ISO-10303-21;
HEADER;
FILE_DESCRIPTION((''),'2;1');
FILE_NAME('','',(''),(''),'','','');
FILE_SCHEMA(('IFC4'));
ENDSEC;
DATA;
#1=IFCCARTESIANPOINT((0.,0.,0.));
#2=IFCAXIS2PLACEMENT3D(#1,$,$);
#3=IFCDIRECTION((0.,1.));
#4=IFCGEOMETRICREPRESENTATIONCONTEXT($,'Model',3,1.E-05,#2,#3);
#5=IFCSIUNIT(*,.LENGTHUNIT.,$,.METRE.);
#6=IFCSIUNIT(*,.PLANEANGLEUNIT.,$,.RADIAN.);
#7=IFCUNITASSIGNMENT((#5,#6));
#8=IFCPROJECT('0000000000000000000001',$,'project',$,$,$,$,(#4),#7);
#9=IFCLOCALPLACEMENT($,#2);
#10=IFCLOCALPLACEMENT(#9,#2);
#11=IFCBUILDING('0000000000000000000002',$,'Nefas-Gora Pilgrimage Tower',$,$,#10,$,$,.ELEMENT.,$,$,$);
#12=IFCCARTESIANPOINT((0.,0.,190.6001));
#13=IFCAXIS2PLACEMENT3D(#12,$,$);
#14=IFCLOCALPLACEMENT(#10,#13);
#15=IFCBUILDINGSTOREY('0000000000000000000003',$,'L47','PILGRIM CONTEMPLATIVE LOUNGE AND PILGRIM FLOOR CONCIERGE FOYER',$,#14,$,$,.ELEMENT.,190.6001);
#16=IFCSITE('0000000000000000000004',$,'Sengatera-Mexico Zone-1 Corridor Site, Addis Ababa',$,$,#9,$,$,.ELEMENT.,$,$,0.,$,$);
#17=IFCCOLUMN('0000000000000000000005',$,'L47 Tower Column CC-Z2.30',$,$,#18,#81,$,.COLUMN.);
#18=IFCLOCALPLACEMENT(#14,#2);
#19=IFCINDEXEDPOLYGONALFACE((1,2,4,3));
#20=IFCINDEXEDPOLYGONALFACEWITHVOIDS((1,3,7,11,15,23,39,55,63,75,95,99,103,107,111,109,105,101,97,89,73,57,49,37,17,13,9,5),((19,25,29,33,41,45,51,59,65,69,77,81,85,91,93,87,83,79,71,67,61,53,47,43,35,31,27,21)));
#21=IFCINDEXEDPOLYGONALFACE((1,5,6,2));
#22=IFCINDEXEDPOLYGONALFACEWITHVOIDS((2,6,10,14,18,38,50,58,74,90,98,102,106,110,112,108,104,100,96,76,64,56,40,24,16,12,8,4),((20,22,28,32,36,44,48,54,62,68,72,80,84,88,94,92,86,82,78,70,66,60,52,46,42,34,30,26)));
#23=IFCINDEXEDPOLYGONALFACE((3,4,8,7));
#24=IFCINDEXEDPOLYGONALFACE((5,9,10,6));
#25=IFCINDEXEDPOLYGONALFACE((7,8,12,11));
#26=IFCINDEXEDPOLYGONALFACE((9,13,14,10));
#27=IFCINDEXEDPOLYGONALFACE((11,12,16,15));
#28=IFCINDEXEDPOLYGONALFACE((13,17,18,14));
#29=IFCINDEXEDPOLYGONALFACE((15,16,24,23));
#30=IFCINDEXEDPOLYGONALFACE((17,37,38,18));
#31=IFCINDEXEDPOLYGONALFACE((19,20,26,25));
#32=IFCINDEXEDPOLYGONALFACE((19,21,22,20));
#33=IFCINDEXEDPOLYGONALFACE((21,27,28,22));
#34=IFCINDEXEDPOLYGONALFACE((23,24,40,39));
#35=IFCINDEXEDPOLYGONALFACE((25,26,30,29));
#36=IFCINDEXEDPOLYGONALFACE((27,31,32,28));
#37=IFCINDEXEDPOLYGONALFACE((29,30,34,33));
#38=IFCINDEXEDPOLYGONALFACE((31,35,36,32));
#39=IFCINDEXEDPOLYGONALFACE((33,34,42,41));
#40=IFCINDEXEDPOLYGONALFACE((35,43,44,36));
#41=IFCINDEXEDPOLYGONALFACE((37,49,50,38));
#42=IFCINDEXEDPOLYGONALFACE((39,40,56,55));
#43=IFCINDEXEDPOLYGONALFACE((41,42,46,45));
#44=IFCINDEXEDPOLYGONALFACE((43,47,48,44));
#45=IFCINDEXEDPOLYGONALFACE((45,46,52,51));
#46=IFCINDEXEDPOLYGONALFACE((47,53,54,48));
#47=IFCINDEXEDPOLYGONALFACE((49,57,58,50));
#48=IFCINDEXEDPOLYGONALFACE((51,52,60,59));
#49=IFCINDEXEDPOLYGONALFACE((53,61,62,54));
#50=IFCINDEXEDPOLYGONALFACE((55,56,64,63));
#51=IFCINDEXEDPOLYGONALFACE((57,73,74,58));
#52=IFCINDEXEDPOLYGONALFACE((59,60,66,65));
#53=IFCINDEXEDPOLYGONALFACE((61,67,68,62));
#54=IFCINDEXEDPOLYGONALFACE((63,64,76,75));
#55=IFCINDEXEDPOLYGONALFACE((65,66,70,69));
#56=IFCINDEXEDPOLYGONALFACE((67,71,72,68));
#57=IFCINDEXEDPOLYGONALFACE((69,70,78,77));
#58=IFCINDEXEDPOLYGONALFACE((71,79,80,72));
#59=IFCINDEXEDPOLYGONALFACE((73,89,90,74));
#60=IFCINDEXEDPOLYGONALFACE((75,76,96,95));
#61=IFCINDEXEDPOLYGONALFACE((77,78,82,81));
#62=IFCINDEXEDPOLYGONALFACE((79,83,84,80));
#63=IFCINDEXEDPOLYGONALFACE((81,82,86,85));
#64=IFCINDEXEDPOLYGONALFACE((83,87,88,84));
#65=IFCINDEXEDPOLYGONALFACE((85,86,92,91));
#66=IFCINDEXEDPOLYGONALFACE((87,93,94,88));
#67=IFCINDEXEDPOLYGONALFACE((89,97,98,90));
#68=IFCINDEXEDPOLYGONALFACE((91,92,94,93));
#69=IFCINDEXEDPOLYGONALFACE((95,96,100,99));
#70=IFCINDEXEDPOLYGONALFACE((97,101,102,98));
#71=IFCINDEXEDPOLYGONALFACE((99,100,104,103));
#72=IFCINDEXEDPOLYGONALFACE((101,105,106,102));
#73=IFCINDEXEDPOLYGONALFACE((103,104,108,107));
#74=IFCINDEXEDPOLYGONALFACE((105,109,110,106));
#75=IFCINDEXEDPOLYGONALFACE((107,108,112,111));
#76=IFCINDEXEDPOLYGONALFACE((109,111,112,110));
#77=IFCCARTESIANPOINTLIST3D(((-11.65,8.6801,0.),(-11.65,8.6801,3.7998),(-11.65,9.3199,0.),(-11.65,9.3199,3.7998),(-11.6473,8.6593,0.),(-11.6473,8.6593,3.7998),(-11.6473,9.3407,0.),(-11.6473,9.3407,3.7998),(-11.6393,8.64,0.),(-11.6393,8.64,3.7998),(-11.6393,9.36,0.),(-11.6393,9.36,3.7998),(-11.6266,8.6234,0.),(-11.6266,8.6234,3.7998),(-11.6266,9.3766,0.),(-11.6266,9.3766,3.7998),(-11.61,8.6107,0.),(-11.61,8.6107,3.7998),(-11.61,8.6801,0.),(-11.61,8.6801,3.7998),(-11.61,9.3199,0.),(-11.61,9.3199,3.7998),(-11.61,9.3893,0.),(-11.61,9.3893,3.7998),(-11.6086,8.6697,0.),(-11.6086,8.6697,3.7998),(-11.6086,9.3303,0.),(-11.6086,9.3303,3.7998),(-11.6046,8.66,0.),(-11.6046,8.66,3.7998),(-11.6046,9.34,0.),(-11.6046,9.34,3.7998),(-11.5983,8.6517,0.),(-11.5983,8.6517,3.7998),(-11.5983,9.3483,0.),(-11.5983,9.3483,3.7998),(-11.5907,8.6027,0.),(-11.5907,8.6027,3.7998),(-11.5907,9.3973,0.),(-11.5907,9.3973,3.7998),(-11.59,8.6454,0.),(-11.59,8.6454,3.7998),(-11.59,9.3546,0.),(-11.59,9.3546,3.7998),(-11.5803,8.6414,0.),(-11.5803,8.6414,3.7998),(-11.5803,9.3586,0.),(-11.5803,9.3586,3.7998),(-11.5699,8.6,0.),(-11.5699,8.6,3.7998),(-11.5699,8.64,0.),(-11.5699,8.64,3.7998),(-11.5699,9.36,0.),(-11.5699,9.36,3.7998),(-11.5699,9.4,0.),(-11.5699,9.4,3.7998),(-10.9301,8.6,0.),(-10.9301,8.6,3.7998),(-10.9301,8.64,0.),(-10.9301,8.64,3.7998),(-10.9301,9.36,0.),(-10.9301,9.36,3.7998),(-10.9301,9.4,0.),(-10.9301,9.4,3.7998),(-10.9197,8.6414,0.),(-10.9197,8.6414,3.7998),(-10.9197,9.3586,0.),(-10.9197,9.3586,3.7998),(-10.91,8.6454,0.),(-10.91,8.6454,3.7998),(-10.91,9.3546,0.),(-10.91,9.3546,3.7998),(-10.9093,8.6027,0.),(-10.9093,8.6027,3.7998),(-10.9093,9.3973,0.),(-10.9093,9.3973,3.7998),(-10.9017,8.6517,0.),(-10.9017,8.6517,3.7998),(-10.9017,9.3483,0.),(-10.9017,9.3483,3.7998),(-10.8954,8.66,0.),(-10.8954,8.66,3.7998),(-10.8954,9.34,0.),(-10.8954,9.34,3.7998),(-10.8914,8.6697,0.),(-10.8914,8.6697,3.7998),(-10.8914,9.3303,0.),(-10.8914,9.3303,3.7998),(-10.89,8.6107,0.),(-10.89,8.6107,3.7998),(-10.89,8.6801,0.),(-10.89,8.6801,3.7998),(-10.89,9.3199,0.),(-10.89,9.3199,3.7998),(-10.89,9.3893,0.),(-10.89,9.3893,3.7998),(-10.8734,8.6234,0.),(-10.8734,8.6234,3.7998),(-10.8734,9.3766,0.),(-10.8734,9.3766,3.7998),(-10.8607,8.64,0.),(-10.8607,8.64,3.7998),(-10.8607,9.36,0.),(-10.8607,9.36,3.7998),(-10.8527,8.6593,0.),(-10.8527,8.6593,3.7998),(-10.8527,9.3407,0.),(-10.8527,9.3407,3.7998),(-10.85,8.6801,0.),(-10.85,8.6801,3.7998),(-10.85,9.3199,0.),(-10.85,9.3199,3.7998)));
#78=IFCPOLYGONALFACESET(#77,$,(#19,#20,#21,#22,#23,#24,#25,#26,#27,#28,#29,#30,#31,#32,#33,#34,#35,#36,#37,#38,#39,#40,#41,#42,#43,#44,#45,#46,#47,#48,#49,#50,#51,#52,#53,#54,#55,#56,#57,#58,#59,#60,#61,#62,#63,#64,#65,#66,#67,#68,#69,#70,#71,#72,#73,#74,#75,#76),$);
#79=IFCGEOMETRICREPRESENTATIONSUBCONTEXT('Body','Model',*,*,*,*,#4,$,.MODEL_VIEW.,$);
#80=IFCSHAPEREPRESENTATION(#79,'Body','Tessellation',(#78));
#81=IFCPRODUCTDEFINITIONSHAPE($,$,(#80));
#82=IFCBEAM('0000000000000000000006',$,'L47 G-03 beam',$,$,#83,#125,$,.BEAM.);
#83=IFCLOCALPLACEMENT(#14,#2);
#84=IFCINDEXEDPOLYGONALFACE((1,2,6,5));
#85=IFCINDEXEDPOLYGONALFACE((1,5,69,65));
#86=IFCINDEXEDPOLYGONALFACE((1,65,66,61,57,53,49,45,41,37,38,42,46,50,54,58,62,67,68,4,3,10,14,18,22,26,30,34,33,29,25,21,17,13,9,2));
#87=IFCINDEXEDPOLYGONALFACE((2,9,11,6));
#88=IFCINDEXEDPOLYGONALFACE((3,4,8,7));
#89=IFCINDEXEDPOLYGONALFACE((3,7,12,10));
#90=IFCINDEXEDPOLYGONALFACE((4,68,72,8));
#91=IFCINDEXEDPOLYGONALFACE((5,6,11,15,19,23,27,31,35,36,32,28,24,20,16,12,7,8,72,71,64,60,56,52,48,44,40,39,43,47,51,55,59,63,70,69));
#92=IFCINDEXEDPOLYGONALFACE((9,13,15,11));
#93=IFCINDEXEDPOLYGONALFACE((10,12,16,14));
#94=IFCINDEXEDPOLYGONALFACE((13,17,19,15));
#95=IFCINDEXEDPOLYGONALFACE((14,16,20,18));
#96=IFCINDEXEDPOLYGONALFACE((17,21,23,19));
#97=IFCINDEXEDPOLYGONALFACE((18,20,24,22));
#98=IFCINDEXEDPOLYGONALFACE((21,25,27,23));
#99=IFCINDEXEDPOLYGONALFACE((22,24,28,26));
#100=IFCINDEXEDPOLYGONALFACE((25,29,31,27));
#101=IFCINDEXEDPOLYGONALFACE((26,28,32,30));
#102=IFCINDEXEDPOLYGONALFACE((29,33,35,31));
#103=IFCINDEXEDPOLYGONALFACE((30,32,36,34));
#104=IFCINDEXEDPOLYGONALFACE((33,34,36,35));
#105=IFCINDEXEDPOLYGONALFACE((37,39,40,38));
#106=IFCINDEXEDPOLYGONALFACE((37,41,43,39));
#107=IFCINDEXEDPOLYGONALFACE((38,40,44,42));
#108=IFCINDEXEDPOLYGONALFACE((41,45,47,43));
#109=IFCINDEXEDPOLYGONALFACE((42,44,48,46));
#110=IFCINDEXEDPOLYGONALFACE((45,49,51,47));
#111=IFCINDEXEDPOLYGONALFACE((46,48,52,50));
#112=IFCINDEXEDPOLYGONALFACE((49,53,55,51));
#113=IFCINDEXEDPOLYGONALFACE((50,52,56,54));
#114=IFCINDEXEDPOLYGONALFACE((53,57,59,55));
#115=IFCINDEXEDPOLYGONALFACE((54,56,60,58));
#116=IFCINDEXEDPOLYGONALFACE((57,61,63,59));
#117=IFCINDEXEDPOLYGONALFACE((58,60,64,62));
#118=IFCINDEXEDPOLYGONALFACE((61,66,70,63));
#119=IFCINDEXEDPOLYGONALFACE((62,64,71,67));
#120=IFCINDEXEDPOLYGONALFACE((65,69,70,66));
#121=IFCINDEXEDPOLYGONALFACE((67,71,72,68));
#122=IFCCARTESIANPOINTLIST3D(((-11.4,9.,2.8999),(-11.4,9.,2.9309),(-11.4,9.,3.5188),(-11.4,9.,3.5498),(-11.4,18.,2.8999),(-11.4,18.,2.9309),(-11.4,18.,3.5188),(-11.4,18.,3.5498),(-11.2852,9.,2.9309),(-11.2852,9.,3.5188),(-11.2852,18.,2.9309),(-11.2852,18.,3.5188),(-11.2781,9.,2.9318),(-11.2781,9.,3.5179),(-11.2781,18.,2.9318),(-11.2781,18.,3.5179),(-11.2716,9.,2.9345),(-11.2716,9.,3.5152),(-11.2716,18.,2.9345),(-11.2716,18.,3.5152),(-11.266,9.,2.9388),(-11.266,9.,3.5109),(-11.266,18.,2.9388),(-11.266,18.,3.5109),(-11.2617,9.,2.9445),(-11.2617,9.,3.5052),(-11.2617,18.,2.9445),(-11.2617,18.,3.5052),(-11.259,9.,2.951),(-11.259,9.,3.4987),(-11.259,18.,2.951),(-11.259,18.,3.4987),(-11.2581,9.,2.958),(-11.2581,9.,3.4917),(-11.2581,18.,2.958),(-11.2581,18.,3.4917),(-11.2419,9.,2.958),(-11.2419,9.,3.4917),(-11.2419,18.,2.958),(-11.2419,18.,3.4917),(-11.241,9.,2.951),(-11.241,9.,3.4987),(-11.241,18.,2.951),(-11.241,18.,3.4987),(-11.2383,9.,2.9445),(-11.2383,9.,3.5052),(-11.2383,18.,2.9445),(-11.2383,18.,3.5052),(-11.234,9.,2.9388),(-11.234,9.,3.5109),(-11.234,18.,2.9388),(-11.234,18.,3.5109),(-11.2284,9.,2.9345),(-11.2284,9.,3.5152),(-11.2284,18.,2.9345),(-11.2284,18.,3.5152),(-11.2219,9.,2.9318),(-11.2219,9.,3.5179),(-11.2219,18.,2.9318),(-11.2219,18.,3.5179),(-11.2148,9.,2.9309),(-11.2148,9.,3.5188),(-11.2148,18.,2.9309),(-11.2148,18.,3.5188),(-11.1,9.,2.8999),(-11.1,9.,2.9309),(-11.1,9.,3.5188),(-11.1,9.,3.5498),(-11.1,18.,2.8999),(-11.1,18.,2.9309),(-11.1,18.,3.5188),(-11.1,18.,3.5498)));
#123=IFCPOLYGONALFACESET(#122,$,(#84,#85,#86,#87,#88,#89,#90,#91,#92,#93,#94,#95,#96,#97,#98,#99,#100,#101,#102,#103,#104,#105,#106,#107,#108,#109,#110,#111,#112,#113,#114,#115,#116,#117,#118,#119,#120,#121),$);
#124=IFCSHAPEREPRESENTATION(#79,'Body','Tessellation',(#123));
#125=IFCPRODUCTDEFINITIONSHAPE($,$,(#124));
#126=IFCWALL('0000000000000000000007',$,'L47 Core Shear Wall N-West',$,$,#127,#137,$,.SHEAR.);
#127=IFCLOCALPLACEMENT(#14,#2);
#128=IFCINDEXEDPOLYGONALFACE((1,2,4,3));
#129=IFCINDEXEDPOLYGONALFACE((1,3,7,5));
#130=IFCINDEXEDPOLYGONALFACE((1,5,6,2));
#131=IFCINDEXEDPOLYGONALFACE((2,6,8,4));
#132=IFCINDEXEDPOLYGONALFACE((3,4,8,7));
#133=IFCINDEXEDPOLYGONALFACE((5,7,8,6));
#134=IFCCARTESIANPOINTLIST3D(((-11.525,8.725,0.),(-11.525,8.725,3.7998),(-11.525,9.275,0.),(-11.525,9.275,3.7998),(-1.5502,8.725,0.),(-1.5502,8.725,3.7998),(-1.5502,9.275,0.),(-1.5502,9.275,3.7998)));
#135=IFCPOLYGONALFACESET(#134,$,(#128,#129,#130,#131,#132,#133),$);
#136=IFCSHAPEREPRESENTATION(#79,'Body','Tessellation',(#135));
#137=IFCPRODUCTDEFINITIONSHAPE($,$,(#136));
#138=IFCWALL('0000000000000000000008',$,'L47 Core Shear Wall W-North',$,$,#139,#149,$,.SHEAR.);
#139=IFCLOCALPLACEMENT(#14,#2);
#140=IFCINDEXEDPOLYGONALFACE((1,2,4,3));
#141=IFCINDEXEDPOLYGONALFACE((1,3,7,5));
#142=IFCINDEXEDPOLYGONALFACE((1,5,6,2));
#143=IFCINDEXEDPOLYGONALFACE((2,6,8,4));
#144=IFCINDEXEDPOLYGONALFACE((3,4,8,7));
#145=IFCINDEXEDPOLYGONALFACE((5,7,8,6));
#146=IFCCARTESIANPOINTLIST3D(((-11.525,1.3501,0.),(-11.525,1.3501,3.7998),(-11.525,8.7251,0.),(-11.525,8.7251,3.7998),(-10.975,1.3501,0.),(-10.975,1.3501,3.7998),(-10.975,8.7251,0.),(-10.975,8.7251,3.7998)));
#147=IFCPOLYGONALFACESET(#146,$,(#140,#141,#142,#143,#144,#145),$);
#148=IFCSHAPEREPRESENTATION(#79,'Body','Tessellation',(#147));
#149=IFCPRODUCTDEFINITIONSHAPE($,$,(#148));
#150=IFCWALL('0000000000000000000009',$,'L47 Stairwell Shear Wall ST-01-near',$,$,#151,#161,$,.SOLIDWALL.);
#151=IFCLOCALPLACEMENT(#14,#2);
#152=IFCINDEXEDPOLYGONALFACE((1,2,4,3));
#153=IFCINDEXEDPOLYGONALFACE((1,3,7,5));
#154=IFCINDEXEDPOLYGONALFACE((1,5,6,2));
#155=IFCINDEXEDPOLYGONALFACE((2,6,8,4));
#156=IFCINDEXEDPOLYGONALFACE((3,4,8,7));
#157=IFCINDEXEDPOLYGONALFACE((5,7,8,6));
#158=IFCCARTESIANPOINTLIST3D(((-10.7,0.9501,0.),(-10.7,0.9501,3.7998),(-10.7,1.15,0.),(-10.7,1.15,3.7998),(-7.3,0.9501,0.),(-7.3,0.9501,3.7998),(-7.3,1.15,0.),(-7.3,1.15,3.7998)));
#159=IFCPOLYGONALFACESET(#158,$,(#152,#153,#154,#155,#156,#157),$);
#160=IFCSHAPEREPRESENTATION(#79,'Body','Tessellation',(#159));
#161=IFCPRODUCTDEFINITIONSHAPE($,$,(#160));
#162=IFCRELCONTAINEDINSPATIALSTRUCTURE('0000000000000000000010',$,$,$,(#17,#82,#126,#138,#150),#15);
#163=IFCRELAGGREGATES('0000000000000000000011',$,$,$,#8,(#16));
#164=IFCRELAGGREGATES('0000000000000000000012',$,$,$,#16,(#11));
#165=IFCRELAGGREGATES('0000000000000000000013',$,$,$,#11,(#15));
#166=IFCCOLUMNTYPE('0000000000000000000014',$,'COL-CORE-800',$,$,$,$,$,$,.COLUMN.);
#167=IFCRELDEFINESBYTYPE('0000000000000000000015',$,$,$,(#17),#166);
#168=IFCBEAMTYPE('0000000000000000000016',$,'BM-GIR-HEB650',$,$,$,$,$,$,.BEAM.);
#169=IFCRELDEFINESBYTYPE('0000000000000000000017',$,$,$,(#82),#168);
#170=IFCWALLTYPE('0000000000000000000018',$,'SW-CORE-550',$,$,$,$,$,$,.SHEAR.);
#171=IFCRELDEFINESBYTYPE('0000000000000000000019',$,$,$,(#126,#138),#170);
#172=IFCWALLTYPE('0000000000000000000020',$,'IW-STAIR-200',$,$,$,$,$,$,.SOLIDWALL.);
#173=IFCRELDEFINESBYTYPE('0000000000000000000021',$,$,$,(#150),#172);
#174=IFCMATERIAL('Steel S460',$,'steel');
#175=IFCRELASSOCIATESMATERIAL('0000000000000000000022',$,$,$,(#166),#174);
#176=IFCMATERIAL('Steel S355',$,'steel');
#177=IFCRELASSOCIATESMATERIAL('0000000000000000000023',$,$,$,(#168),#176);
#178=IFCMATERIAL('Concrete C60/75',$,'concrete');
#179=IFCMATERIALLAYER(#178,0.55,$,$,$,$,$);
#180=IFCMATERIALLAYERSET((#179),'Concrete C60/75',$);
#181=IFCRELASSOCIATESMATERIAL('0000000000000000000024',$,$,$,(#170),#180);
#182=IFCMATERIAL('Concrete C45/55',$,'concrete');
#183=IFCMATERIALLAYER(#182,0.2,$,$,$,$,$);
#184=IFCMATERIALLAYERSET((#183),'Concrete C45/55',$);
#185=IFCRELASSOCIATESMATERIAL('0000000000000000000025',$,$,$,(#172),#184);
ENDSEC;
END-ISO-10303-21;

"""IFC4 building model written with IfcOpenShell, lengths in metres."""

from ifc_helpers import new_model, si_unit, direction, frame, frame_2d, origin, origin_2d, place, context, subcontext, project, spatial, rectangle, hollow_rectangle, i_section, extrude, source, transform, mapped, material, layer, layer_set, material_profile, profile_set, type_object, element, save


model = new_model("IFC4")

# Units and contexts
model_context = context("Model", 3, precision=1e-05, world=origin(), true_north=direction((0.0, 1.0)))
body_context = subcontext(model_context, "Body", "Model", "MODEL_VIEW")
ifc_project = project(units=[si_unit("LENGTHUNIT", "METRE"), si_unit("PLANEANGLEUNIT", "RADIAN")], contexts=[model_context])

# Site, building, storey
site_placement = place(None, origin())
site = spatial("IfcSite", under=ifc_project, at=site_placement, Name="Sengatera-Mexico Zone-1 Corridor Site, Addis Ababa", CompositionType="ELEMENT", RefElevation=0.0)
building_placement = place(site_placement, origin())
building = spatial("IfcBuilding", under=site, at=building_placement, Name="Nefas-Gora Pilgrimage Tower", CompositionType="ELEMENT")
storey_placement = place(building_placement, frame((0.0, 0.0, 190.6001)))
storey = spatial("IfcBuildingStorey", under=building, at=storey_placement, Name="L47", Description="PILGRIM CONTEMPLATIVE LOUNGE AND PILGRIM FLOOR CONCIERGE FOYER", CompositionType="ELEMENT", Elevation=190.6001)

# Column
ifc_material_1 = material(Name="Steel S460", Category="steel")
ifc_material_profile_1 = material_profile(ifc_material_1, hollow_rectangle(XDim=0.8, YDim=0.8, WallThickness=0.04, InnerFilletRadius=0.04, OuterFilletRadius=0.0801, at=origin_2d()), Name="BOX 800x800x40")
ifc_profile_set_1 = profile_set([ifc_material_profile_1], Name="Steel S460")
column_type = type_object("IfcColumnType", Name="COL-CORE-800", PredefinedType="COLUMN", material=ifc_profile_set_1)
shared_shape_1 = source(origin(), body_context, "Body", "SweptSolid", [
    extrude(hollow_rectangle(XDim=0.8, YDim=0.8, WallThickness=0.04, InnerFilletRadius=0.04, OuterFilletRadius=0.0801, at=origin_2d()), origin(), (0.0, 0.0, 1.0), 3.7998),
])
column_placement = place(storey_placement, frame((-11.25, 9.0, 0.0), z_axis=(0.0, 0.0, 1.0), x_axis=(1.0, 0.0, 0.0)))
element("IfcColumn", 1, at=column_placement, inside=storey, type_object=column_type, Name="L47 Tower Column CC-Z2.30", PredefinedType="COLUMN", context=body_context, shape_type="MappedRepresentation", body=[
    mapped(shared_shape_1, transform((0.0, 0.0, 0.0), x_axis=(1.0, 0.0, 0.0), y_axis=(0.0, 1.0, 0.0), z_axis=(0.0, 0.0, 1.0), scale=1.0)),
])

# Beam
ifc_material_2 = material(Name="Steel S355", Category="steel")
ifc_material_profile_2 = material_profile(ifc_material_2, i_section(OverallWidth=0.3, OverallDepth=0.6499, WebThickness=0.0161, FlangeThickness=0.031, FilletRadius=0.0271, at=origin_2d()), Name="HEB 650")
ifc_profile_set_2 = profile_set([ifc_material_profile_2], Name="Steel S355")
beam_type = type_object("IfcBeamType", Name="BM-GIR-HEB650", PredefinedType="BEAM", material=ifc_profile_set_2)
shared_shape_2 = source(origin(), body_context, "Body", "SweptSolid", [
    extrude(i_section(OverallWidth=0.3, OverallDepth=0.6499, WebThickness=0.0161, FlangeThickness=0.031, FilletRadius=0.0271, at=origin_2d()), origin(), (0.0, 0.0, 1.0), 9.0),
])
beam_placement = place(storey_placement, frame((-11.25, 9.0, 3.2249), z_axis=(0.0, 1.0, 0.0), x_axis=(-1.0, 0.0, 0.0)))
element("IfcBeam", 2, at=beam_placement, inside=storey, type_object=beam_type, Name="L47 G-03 beam", PredefinedType="BEAM", context=body_context, shape_type="MappedRepresentation", body=[
    mapped(shared_shape_2, transform((0.0, 0.0, 0.0), x_axis=(1.0, 0.0, 0.0), y_axis=(0.0, 1.0, 0.0), z_axis=(0.0, 0.0, 1.0), scale=1.0)),
])

# Walls
ifc_material_3 = material(Name="Concrete C60/75", Category="concrete")
ifc_layer_1 = layer(ifc_material_3, 0.55)
ifc_layer_set_1 = layer_set([ifc_layer_1], Name="Concrete C60/75")
wall_type_1 = type_object("IfcWallType", Name="SW-CORE-550", PredefinedType="SHEAR", material=ifc_layer_set_1)
shared_shape_3 = source(origin(), body_context, "Body", "SweptSolid", [
    extrude(rectangle(XDim=9.9749, YDim=0.55, at=frame_2d((4.9873, 0.0))), origin(), (0.0, 0.0, 1.0), 3.7998),
])
wall_1_placement = place(storey_placement, frame((-11.5249, 9.0, 0.0), z_axis=(0.0, 0.0, 1.0), x_axis=(1.0, 0.0, 0.0)))
element("IfcWall", 3, at=wall_1_placement, inside=storey, type_object=wall_type_1, Name="L47 Core Shear Wall N-West", PredefinedType="SHEAR", context=body_context, shape_type="MappedRepresentation", body=[
    mapped(shared_shape_3, transform((0.0, 0.0, 0.0), x_axis=(1.0, 0.0, 0.0), y_axis=(0.0, 1.0, 0.0), z_axis=(0.0, 0.0, 1.0), scale=1.0)),
])
shared_shape_4 = source(origin(), body_context, "Body", "SweptSolid", [
    extrude(rectangle(XDim=7.375, YDim=0.55, at=frame_2d((3.6875, 0.0))), origin(), (0.0, 0.0, 1.0), 3.7998),
])
wall_2_placement = place(storey_placement, frame((-11.25, 1.3501, 0.0), z_axis=(0.0, 0.0, 1.0), x_axis=(0.0, 1.0, 0.0)))
element("IfcWall", 4, at=wall_2_placement, inside=storey, type_object=wall_type_1, Name="L47 Core Shear Wall W-North", PredefinedType="SHEAR", context=body_context, shape_type="MappedRepresentation", body=[
    mapped(shared_shape_4, transform((0.0, 0.0, 0.0), x_axis=(1.0, 0.0, 0.0), y_axis=(0.0, 1.0, 0.0), z_axis=(0.0, 0.0, 1.0), scale=1.0)),
])
ifc_material_4 = material(Name="Concrete C45/55", Category="concrete")
ifc_layer_2 = layer(ifc_material_4, 0.2)
ifc_layer_set_2 = layer_set([ifc_layer_2], Name="Concrete C45/55")
wall_type_2 = type_object("IfcWallType", Name="IW-STAIR-200", PredefinedType="SOLIDWALL", material=ifc_layer_set_2)
shared_shape_5 = source(origin(), body_context, "Body", "SweptSolid", [
    extrude(rectangle(XDim=3.3999, YDim=0.2, at=frame_2d((1.7, 0.0))), origin(), (0.0, 0.0, 1.0), 3.7998),
])
wall_3_placement = place(storey_placement, frame((-7.3, 1.05, 0.0), z_axis=(0.0, 0.0, 1.0), x_axis=(-1.0, 0.0, 0.0)))
element("IfcWall", 5, at=wall_3_placement, inside=storey, type_object=wall_type_2, Name="L47 Stairwell Shear Wall ST-01-near", PredefinedType="SOLIDWALL", context=body_context, shape_type="MappedRepresentation", body=[
    mapped(shared_shape_5, transform((0.0, 0.0, 0.0), x_axis=(1.0, 0.0, 0.0), y_axis=(0.0, 1.0, 0.0), z_axis=(0.0, 0.0, 1.0), scale=1.0)),
])

save(model, "model.ifc")
